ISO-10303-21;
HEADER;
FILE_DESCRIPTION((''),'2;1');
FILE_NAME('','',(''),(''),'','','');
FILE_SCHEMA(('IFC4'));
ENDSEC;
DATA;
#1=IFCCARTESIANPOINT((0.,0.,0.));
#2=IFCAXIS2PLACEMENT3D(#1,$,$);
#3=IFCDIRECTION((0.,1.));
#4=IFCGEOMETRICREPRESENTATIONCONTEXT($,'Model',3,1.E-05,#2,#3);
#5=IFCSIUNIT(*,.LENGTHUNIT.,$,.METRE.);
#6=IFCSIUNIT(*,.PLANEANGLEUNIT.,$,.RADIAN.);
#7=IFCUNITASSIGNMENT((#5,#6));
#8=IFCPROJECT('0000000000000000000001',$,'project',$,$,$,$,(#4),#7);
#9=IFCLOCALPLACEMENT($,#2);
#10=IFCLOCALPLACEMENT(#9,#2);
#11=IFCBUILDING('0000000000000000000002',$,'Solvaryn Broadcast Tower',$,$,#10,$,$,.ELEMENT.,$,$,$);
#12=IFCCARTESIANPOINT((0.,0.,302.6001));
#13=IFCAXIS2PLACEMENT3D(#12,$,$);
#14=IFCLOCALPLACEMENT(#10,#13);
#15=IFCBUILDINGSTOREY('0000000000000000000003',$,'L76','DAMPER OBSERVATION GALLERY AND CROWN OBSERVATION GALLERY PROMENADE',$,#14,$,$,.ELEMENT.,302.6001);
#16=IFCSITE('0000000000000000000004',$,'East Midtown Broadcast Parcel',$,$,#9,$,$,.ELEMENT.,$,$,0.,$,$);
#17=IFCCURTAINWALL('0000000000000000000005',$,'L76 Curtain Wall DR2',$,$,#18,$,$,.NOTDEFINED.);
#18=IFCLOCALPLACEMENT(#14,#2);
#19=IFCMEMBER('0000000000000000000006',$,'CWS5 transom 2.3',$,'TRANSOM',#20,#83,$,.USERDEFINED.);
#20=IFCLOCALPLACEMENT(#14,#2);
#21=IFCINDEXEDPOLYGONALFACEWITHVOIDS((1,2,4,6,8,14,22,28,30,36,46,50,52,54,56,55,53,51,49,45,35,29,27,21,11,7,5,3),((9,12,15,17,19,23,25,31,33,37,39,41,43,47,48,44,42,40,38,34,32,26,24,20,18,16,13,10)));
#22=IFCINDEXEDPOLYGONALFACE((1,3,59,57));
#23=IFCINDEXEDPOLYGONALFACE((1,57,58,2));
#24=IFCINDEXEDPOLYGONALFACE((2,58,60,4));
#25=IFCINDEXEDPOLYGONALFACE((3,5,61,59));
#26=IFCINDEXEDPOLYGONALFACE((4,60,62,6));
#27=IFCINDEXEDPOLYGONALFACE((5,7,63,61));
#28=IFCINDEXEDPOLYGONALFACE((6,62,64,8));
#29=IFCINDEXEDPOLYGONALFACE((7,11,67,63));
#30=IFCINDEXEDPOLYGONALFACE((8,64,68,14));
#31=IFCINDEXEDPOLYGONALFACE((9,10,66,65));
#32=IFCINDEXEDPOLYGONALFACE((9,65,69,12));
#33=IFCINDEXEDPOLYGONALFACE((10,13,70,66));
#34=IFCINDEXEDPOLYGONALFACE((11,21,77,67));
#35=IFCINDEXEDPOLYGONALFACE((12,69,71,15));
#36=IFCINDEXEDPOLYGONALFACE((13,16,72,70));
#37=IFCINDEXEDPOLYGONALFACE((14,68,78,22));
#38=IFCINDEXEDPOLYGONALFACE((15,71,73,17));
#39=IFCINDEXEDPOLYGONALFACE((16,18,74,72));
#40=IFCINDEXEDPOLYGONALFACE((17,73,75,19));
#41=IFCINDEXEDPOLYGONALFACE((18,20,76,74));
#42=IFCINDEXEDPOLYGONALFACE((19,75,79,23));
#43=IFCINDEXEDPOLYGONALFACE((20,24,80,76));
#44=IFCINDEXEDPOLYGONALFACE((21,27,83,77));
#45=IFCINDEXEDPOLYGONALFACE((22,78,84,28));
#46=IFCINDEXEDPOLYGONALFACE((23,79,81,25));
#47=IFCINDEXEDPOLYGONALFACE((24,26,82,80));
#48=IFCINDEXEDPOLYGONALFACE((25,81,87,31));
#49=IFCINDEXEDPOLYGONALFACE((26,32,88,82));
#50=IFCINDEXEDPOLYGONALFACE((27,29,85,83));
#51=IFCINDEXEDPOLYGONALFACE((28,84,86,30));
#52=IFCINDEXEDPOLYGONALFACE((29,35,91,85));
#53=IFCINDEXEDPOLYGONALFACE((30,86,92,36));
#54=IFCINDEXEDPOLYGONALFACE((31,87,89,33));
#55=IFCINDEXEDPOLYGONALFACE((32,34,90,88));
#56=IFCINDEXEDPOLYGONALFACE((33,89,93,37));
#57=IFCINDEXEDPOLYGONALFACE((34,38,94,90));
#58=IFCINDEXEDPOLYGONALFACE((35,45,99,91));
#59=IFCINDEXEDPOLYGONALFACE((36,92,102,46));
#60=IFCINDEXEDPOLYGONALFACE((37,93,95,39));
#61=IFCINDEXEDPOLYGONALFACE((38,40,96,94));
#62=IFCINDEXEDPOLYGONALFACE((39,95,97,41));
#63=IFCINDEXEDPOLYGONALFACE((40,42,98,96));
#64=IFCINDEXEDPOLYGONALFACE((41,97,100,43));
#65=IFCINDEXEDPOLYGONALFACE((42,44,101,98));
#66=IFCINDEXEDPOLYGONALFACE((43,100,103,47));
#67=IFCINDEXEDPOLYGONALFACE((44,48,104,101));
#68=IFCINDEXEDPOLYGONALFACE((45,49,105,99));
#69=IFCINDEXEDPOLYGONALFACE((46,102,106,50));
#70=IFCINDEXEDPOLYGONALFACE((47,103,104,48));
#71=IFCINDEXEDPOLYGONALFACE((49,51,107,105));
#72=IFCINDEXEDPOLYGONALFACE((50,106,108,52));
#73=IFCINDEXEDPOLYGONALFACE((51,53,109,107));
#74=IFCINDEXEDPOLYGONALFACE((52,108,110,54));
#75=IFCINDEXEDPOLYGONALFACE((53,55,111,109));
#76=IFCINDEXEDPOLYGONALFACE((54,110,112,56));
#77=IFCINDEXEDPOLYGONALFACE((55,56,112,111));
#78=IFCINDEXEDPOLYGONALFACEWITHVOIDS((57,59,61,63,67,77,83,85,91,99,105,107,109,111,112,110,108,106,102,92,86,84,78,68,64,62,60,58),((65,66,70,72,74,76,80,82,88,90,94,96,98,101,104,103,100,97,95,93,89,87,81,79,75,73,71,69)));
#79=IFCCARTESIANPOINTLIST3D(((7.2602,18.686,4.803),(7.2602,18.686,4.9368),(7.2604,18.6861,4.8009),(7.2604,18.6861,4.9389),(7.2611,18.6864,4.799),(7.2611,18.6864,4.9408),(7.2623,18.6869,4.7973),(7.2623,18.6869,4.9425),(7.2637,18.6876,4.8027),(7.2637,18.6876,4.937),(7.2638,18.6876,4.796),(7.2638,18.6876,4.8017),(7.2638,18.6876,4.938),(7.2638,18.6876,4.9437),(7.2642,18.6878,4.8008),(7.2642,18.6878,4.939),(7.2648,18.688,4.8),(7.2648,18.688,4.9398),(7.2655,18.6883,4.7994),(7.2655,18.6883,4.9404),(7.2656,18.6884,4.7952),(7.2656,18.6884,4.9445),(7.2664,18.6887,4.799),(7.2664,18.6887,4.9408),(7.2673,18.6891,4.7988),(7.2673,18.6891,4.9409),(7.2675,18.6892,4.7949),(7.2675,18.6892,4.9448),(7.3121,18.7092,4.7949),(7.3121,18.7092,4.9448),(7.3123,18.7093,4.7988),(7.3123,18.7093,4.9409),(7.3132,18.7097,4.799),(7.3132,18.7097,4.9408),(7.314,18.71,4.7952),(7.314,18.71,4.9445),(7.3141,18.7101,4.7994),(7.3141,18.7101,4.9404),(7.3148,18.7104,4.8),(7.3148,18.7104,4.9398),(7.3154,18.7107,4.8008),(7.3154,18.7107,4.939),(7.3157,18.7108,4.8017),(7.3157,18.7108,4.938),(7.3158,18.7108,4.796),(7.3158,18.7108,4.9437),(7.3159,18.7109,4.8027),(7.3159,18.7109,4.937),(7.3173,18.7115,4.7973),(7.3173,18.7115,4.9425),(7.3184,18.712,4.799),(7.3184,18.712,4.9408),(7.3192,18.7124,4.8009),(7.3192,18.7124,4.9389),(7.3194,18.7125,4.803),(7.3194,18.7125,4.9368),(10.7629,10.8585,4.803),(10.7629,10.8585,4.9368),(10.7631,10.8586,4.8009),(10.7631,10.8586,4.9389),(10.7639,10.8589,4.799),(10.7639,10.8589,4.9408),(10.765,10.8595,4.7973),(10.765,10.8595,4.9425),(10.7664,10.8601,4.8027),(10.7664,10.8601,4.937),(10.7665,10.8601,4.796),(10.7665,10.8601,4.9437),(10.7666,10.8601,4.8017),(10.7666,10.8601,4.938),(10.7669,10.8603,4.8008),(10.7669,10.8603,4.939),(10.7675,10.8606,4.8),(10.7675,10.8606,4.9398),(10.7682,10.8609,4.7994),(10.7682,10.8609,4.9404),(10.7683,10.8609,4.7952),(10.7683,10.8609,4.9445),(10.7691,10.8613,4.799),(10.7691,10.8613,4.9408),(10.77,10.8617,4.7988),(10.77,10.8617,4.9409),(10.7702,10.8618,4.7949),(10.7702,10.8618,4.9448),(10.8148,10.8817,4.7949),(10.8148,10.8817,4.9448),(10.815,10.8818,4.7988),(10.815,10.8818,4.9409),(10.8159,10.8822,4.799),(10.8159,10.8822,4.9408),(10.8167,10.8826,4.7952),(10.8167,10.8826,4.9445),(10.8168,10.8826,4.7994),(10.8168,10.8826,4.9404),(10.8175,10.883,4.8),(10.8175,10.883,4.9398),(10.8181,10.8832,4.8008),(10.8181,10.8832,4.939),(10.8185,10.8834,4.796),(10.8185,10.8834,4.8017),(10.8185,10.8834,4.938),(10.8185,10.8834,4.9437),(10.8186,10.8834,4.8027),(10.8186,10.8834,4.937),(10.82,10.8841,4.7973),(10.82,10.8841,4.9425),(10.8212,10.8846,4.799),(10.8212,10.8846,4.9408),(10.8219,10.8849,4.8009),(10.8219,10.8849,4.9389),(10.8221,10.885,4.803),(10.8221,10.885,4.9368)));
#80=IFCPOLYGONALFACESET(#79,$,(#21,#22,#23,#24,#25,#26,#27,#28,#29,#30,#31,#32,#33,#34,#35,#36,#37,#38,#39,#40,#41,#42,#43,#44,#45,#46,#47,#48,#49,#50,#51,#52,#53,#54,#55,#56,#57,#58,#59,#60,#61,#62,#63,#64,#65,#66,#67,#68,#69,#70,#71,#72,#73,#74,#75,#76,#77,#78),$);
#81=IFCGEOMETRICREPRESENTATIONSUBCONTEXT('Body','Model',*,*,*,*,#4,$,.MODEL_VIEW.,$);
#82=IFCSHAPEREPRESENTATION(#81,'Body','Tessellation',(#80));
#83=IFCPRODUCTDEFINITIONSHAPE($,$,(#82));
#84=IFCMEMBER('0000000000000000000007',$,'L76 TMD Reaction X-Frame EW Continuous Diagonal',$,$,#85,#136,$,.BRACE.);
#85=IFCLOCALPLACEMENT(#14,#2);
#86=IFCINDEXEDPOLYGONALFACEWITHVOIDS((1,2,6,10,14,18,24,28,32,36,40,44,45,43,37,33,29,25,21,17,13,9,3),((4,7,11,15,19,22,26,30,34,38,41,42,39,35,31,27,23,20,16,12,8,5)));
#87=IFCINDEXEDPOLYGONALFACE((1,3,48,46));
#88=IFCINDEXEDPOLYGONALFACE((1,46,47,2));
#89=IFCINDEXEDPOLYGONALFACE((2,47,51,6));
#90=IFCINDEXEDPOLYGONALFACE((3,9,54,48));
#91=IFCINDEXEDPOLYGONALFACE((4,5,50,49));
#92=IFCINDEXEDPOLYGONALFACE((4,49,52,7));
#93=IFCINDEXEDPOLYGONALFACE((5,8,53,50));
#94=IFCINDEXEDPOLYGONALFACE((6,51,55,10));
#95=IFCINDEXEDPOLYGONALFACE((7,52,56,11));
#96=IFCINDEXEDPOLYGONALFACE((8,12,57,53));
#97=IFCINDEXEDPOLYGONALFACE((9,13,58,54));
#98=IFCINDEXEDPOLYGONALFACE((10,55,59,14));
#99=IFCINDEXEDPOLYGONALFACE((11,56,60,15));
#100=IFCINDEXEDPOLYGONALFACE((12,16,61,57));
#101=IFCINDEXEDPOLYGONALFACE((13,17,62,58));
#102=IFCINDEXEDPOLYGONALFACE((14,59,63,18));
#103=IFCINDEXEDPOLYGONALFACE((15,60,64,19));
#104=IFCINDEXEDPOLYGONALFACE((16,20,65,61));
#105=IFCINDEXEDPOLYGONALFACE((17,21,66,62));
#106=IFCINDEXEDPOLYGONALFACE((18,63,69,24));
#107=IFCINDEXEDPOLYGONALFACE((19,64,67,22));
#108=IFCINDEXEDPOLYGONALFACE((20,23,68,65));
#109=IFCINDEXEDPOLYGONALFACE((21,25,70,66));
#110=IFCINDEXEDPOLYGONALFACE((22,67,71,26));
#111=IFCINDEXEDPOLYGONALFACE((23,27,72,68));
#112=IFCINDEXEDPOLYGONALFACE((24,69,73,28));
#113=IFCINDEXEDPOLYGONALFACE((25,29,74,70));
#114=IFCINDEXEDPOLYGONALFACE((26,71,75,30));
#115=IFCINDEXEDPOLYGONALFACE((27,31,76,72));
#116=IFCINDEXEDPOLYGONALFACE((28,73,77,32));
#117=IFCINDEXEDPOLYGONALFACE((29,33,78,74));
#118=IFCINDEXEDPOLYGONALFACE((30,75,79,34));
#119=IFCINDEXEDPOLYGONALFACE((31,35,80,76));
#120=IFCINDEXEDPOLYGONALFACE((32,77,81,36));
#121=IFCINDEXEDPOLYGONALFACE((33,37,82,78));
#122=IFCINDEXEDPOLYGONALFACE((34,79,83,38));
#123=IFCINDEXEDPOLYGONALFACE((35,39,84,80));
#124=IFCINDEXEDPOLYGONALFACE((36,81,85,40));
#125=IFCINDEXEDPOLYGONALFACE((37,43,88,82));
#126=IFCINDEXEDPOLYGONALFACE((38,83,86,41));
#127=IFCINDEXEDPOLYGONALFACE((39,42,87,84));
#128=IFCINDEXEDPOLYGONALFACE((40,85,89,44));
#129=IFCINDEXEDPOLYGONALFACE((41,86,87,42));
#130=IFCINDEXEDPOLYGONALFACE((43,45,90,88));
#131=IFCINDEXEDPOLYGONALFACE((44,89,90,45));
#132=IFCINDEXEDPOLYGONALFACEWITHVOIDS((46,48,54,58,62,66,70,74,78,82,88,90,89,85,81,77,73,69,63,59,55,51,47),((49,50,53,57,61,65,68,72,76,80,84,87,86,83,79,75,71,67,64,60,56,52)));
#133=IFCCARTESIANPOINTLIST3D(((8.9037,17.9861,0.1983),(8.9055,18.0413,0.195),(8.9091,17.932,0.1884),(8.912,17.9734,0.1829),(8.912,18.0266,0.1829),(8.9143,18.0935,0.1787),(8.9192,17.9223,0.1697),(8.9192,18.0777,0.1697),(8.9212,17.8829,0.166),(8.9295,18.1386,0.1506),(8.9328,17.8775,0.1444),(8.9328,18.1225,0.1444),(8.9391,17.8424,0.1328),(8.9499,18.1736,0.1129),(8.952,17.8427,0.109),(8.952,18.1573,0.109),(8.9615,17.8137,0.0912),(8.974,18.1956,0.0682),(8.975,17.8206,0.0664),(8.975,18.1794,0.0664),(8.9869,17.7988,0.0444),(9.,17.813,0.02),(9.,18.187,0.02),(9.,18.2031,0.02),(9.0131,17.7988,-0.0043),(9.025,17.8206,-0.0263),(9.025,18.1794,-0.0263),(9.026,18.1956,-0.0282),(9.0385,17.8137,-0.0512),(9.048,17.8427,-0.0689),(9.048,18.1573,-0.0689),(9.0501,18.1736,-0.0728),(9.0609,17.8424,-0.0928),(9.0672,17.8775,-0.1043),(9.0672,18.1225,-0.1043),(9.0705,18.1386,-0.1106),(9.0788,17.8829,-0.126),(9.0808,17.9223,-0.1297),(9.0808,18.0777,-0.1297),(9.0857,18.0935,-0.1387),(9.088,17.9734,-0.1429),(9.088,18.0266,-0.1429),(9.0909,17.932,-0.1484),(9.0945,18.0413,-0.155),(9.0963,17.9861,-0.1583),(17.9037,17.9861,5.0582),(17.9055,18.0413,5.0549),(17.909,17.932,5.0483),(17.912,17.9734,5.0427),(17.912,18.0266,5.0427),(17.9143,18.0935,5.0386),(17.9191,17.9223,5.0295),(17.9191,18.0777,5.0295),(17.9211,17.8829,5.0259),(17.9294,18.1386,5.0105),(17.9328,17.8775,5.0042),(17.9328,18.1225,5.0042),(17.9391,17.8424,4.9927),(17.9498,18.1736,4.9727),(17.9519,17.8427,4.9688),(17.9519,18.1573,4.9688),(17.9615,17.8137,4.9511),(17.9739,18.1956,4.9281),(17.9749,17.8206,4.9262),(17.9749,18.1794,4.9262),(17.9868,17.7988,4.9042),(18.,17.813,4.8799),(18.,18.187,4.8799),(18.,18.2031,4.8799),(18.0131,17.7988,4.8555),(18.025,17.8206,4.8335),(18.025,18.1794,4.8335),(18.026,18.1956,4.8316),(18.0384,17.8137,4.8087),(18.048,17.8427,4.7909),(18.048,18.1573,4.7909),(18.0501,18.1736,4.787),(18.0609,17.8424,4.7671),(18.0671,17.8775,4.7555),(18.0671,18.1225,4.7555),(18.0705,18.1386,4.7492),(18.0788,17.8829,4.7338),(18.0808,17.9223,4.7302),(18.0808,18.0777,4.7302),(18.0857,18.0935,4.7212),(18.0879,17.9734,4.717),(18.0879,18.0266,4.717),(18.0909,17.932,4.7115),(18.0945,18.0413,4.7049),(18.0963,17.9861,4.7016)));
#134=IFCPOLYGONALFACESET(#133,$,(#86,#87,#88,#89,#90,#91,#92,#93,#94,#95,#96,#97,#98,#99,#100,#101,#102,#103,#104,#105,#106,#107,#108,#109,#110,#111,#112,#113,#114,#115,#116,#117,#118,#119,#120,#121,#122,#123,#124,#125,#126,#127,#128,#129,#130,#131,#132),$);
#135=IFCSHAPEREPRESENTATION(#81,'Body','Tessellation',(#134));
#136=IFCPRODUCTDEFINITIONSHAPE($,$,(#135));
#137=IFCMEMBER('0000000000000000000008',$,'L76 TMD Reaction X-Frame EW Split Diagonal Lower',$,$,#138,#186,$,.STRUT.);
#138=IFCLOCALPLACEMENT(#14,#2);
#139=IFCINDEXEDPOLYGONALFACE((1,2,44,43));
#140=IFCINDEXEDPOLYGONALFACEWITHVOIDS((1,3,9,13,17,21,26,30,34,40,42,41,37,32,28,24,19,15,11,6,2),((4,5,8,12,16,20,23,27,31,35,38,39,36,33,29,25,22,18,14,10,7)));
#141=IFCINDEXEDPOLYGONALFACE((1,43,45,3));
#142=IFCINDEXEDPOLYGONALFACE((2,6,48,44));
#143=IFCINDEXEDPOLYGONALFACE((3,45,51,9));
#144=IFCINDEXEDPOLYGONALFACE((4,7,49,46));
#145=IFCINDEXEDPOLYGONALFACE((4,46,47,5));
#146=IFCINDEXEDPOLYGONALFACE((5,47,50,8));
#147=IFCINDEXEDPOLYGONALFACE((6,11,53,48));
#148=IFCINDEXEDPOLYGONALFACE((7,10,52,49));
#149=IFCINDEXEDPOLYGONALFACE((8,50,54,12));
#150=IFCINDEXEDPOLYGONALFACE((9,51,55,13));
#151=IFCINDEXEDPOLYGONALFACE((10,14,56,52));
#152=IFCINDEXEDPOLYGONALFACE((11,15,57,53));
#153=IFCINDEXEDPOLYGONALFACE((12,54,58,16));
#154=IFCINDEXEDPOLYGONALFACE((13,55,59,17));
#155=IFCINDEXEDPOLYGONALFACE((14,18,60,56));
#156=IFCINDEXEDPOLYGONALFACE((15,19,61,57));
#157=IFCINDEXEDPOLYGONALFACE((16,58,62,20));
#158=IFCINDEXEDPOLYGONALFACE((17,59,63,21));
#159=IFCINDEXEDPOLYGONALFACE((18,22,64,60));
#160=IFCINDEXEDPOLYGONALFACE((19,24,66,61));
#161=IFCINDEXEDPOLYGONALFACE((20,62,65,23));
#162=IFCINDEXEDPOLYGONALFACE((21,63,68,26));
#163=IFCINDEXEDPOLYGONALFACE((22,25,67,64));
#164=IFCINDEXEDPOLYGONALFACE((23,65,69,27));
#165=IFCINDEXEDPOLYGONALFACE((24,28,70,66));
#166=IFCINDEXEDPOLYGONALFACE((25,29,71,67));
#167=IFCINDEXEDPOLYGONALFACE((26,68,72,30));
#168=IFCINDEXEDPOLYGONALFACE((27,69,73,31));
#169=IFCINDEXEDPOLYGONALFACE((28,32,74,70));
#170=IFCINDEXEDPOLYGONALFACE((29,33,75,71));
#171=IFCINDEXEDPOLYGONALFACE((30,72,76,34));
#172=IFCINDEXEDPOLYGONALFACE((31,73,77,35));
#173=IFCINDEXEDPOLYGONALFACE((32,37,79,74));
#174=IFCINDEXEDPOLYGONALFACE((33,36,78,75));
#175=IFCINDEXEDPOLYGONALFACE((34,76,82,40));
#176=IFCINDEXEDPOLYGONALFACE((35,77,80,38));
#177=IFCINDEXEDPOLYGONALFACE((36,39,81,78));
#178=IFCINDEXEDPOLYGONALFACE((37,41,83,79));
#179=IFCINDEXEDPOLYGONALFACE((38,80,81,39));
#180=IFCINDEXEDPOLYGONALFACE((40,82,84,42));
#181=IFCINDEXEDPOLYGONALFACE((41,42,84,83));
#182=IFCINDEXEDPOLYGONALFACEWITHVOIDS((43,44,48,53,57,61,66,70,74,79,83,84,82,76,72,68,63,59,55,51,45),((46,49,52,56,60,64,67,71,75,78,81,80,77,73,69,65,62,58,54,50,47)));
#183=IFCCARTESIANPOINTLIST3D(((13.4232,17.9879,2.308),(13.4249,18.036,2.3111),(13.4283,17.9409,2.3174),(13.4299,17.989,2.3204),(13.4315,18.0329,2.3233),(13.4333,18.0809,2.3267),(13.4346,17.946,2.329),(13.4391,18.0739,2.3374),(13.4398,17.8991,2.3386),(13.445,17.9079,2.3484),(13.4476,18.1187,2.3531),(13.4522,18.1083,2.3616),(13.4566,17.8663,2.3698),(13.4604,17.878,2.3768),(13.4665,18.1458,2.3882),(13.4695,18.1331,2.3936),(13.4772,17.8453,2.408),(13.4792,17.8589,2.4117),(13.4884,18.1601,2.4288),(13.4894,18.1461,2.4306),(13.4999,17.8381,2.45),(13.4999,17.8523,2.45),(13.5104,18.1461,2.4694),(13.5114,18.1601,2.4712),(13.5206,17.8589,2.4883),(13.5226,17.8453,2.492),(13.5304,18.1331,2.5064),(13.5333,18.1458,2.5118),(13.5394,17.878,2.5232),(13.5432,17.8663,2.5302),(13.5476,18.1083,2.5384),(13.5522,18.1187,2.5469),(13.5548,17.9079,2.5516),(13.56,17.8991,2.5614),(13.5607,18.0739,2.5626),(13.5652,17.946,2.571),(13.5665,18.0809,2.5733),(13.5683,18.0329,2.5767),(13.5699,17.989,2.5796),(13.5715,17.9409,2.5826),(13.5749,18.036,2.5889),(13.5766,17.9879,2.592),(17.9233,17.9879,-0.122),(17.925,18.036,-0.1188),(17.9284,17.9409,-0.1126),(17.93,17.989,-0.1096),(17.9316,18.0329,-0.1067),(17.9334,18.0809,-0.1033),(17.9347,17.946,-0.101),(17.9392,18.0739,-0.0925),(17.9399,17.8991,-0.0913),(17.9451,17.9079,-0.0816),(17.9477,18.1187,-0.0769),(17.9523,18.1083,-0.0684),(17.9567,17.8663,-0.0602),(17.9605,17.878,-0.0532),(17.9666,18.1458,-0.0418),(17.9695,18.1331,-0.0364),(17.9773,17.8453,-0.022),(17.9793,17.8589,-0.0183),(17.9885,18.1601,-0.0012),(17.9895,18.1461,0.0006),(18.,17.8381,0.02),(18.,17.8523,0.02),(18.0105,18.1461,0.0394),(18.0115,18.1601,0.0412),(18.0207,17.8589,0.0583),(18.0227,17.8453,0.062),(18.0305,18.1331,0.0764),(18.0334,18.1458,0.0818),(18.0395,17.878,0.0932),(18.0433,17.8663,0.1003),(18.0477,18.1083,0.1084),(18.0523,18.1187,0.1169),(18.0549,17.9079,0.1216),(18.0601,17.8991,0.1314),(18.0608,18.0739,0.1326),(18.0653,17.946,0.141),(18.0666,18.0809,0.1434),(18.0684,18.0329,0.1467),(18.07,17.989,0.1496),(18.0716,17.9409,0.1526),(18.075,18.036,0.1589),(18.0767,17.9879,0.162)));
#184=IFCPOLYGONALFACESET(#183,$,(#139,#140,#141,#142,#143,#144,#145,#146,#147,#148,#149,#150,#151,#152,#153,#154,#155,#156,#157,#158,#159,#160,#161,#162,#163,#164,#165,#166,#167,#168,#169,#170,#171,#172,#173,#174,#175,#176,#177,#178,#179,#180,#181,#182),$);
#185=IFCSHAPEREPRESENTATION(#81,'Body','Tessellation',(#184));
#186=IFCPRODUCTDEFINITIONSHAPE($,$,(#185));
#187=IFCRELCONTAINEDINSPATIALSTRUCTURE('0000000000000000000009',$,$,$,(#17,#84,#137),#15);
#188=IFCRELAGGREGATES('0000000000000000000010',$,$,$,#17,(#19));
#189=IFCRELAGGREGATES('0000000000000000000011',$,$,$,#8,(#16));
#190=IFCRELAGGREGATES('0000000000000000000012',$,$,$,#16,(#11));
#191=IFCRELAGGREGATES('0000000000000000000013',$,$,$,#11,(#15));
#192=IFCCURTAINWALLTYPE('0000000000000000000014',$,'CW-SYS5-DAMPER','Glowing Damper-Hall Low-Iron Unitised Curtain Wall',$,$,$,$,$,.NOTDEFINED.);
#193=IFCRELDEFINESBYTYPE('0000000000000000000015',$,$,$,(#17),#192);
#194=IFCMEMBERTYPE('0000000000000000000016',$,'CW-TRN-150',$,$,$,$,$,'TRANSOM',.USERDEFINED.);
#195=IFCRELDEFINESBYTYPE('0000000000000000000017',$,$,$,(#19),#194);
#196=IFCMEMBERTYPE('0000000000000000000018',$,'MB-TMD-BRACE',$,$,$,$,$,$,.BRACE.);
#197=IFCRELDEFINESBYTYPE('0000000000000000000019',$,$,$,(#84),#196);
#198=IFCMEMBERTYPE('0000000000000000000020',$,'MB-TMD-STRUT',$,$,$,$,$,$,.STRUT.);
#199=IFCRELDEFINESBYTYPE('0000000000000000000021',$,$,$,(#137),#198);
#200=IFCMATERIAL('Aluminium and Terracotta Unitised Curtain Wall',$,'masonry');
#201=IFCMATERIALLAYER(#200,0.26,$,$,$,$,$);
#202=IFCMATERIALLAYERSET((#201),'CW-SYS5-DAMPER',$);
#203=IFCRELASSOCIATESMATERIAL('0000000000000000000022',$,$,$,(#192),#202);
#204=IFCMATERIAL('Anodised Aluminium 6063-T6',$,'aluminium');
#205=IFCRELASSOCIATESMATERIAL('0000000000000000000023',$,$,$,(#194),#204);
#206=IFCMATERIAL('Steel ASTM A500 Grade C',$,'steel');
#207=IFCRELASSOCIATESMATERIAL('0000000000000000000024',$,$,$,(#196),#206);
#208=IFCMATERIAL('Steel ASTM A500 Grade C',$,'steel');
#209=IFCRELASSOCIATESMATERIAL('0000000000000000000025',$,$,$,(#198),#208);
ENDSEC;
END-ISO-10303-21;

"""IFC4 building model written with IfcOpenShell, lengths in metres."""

from ifc_helpers import new_model, si_unit, direction, frame, origin, origin_2d, place, context, subcontext, project, spatial, hollow_rectangle, hollow_circle, extrude, material, layer, layer_set, material_profile, profile_set, type_object, element, aggregate, save


model = new_model("IFC4")

# Units and contexts
model_context = context("Model", 3, precision=1e-05, world=origin(), true_north=direction((0.0, 1.0)))
body_context = subcontext(model_context, "Body", "Model", "MODEL_VIEW")
ifc_project = project(units=[si_unit("LENGTHUNIT", "METRE"), si_unit("PLANEANGLEUNIT", "RADIAN")], contexts=[model_context])

# Site, building, storey
site_placement = place(None, origin())
site = spatial("IfcSite", under=ifc_project, at=site_placement, Name="East Midtown Broadcast Parcel", CompositionType="ELEMENT", RefElevation=0.0)
building_placement = place(site_placement, origin())
building = spatial("IfcBuilding", under=site, at=building_placement, Name="Solvaryn Broadcast Tower", CompositionType="ELEMENT")
storey_placement = place(building_placement, frame((0.0, 0.0, 302.6001)))
storey = spatial("IfcBuildingStorey", under=building, at=storey_placement, Name="L76", Description="DAMPER OBSERVATION GALLERY AND CROWN OBSERVATION GALLERY PROMENADE", CompositionType="ELEMENT", Elevation=302.6001)

# Curtain wall, member
ifc_material_1 = material(Name="Aluminium and Terracotta Unitised Curtain Wall", Category="masonry")
ifc_layer_1 = layer(ifc_material_1, 0.26)
ifc_layer_set_1 = layer_set([ifc_layer_1], Name="CW-SYS5-DAMPER")
curtain_wall_type = type_object("IfcCurtainWallType", Name="CW-SYS5-DAMPER", Description="Glowing Damper-Hall Low-Iron Unitised Curtain Wall", PredefinedType="NOTDEFINED", material=ifc_layer_set_1)
curtain_wall_placement = place(storey_placement, origin())
curtain_wall = element("IfcCurtainWall", 1, at=curtain_wall_placement, inside=storey, type_object=curtain_wall_type, Name="L76 Curtain Wall DR2", PredefinedType="NOTDEFINED")
ifc_material_2 = material(Name="Anodised Aluminium 6063-T6", Category="aluminium")
ifc_material_profile_1 = material_profile(ifc_material_2, hollow_rectangle(XDim=0.0649, YDim=0.1499, WallThickness=0.0039, InnerFilletRadius=0.0039, OuterFilletRadius=0.0081, at=origin_2d()))
ifc_profile_set_1 = profile_set([ifc_material_profile_1], Name="Anodised Aluminium 6063-T6")
member_type_1 = type_object("IfcMemberType", Name="CW-TRN-150", ElementType="TRANSOM", PredefinedType="USERDEFINED", material=ifc_profile_set_1)
member_1_placement = place(storey_placement, frame((7.2898, 18.6992, 4.8699), z_axis=(0.408459, -0.912777, 0.0), x_axis=(0.912777, 0.408459, 0.0)))
member_1 = element("IfcMember", 2, at=member_1_placement, type_object=member_type_1, Name="CWS5 transom 2.3", ObjectType="TRANSOM", PredefinedType="USERDEFINED", context=body_context, shape_type="SweptSolid", body=[
    extrude(hollow_rectangle(XDim=0.0649, YDim=0.1499, WallThickness=0.0039, InnerFilletRadius=0.0039, OuterFilletRadius=0.0081, at=origin_2d()), origin(), (0.0, 0.0, 1.0), 8.5754),
])

# Members
ifc_material_3 = material(Name="Steel ASTM A500 Grade C", Category="steel")
ifc_material_profile_2 = material_profile(ifc_material_3, hollow_circle(Radius=0.2031, WallThickness=0.0161, at=origin_2d()))
ifc_profile_set_2 = profile_set([ifc_material_profile_2], Name="Steel ASTM A500 Grade C")
member_type_2 = type_object("IfcMemberType", Name="MB-TMD-BRACE", PredefinedType="BRACE", material=ifc_profile_set_2)
member_2_placement = place(storey_placement, frame((9.0, 18.0, 0.02), z_axis=(0.879911, 0.0, 0.475139), x_axis=(0.0, 1.0, 0.0)))
element("IfcMember", 3, at=member_2_placement, inside=storey, type_object=member_type_2, Name="L76 TMD Reaction X-Frame EW Continuous Diagonal", PredefinedType="BRACE", context=body_context, shape_type="SweptSolid", body=[
    extrude(hollow_circle(Radius=0.2031, WallThickness=0.0161, at=origin_2d()), origin(), (0.0, 0.0, 1.0), 10.2283),
])
ifc_material_4 = material(Name="Steel ASTM A500 Grade C", Category="steel")
ifc_material_profile_3 = material_profile(ifc_material_4, hollow_circle(Radius=0.1619, WallThickness=0.0142, at=origin_2d()))
ifc_profile_set_3 = profile_set([ifc_material_profile_3], Name="Steel ASTM A500 Grade C")
member_type_3 = type_object("IfcMemberType", Name="MB-TMD-STRUT", PredefinedType="STRUT", material=ifc_profile_set_3)
for number, where, z_axis, x_axis, name in (
    (4, (18.0, 18.0, 0.02), (-0.879911, 0.0, 0.475139), (0.0, -1.0, 0.0), "L76 TMD Reaction X-Frame EW Split Diagonal Lower"),
):
    element("IfcMember", number, at=place(storey_placement, frame(where, z_axis=z_axis, x_axis=x_axis)), inside=storey, type_object=member_type_3, Name=name, PredefinedType="STRUT", context=body_context, shape_type="SweptSolid", body=[
        extrude(hollow_circle(Radius=0.1619, WallThickness=0.0142, at=origin_2d()), origin(), (0.0, 0.0, 1.0), 5.1143),
    ])

aggregate(curtain_wall, [member_1])

save(model, "model.ifc")
